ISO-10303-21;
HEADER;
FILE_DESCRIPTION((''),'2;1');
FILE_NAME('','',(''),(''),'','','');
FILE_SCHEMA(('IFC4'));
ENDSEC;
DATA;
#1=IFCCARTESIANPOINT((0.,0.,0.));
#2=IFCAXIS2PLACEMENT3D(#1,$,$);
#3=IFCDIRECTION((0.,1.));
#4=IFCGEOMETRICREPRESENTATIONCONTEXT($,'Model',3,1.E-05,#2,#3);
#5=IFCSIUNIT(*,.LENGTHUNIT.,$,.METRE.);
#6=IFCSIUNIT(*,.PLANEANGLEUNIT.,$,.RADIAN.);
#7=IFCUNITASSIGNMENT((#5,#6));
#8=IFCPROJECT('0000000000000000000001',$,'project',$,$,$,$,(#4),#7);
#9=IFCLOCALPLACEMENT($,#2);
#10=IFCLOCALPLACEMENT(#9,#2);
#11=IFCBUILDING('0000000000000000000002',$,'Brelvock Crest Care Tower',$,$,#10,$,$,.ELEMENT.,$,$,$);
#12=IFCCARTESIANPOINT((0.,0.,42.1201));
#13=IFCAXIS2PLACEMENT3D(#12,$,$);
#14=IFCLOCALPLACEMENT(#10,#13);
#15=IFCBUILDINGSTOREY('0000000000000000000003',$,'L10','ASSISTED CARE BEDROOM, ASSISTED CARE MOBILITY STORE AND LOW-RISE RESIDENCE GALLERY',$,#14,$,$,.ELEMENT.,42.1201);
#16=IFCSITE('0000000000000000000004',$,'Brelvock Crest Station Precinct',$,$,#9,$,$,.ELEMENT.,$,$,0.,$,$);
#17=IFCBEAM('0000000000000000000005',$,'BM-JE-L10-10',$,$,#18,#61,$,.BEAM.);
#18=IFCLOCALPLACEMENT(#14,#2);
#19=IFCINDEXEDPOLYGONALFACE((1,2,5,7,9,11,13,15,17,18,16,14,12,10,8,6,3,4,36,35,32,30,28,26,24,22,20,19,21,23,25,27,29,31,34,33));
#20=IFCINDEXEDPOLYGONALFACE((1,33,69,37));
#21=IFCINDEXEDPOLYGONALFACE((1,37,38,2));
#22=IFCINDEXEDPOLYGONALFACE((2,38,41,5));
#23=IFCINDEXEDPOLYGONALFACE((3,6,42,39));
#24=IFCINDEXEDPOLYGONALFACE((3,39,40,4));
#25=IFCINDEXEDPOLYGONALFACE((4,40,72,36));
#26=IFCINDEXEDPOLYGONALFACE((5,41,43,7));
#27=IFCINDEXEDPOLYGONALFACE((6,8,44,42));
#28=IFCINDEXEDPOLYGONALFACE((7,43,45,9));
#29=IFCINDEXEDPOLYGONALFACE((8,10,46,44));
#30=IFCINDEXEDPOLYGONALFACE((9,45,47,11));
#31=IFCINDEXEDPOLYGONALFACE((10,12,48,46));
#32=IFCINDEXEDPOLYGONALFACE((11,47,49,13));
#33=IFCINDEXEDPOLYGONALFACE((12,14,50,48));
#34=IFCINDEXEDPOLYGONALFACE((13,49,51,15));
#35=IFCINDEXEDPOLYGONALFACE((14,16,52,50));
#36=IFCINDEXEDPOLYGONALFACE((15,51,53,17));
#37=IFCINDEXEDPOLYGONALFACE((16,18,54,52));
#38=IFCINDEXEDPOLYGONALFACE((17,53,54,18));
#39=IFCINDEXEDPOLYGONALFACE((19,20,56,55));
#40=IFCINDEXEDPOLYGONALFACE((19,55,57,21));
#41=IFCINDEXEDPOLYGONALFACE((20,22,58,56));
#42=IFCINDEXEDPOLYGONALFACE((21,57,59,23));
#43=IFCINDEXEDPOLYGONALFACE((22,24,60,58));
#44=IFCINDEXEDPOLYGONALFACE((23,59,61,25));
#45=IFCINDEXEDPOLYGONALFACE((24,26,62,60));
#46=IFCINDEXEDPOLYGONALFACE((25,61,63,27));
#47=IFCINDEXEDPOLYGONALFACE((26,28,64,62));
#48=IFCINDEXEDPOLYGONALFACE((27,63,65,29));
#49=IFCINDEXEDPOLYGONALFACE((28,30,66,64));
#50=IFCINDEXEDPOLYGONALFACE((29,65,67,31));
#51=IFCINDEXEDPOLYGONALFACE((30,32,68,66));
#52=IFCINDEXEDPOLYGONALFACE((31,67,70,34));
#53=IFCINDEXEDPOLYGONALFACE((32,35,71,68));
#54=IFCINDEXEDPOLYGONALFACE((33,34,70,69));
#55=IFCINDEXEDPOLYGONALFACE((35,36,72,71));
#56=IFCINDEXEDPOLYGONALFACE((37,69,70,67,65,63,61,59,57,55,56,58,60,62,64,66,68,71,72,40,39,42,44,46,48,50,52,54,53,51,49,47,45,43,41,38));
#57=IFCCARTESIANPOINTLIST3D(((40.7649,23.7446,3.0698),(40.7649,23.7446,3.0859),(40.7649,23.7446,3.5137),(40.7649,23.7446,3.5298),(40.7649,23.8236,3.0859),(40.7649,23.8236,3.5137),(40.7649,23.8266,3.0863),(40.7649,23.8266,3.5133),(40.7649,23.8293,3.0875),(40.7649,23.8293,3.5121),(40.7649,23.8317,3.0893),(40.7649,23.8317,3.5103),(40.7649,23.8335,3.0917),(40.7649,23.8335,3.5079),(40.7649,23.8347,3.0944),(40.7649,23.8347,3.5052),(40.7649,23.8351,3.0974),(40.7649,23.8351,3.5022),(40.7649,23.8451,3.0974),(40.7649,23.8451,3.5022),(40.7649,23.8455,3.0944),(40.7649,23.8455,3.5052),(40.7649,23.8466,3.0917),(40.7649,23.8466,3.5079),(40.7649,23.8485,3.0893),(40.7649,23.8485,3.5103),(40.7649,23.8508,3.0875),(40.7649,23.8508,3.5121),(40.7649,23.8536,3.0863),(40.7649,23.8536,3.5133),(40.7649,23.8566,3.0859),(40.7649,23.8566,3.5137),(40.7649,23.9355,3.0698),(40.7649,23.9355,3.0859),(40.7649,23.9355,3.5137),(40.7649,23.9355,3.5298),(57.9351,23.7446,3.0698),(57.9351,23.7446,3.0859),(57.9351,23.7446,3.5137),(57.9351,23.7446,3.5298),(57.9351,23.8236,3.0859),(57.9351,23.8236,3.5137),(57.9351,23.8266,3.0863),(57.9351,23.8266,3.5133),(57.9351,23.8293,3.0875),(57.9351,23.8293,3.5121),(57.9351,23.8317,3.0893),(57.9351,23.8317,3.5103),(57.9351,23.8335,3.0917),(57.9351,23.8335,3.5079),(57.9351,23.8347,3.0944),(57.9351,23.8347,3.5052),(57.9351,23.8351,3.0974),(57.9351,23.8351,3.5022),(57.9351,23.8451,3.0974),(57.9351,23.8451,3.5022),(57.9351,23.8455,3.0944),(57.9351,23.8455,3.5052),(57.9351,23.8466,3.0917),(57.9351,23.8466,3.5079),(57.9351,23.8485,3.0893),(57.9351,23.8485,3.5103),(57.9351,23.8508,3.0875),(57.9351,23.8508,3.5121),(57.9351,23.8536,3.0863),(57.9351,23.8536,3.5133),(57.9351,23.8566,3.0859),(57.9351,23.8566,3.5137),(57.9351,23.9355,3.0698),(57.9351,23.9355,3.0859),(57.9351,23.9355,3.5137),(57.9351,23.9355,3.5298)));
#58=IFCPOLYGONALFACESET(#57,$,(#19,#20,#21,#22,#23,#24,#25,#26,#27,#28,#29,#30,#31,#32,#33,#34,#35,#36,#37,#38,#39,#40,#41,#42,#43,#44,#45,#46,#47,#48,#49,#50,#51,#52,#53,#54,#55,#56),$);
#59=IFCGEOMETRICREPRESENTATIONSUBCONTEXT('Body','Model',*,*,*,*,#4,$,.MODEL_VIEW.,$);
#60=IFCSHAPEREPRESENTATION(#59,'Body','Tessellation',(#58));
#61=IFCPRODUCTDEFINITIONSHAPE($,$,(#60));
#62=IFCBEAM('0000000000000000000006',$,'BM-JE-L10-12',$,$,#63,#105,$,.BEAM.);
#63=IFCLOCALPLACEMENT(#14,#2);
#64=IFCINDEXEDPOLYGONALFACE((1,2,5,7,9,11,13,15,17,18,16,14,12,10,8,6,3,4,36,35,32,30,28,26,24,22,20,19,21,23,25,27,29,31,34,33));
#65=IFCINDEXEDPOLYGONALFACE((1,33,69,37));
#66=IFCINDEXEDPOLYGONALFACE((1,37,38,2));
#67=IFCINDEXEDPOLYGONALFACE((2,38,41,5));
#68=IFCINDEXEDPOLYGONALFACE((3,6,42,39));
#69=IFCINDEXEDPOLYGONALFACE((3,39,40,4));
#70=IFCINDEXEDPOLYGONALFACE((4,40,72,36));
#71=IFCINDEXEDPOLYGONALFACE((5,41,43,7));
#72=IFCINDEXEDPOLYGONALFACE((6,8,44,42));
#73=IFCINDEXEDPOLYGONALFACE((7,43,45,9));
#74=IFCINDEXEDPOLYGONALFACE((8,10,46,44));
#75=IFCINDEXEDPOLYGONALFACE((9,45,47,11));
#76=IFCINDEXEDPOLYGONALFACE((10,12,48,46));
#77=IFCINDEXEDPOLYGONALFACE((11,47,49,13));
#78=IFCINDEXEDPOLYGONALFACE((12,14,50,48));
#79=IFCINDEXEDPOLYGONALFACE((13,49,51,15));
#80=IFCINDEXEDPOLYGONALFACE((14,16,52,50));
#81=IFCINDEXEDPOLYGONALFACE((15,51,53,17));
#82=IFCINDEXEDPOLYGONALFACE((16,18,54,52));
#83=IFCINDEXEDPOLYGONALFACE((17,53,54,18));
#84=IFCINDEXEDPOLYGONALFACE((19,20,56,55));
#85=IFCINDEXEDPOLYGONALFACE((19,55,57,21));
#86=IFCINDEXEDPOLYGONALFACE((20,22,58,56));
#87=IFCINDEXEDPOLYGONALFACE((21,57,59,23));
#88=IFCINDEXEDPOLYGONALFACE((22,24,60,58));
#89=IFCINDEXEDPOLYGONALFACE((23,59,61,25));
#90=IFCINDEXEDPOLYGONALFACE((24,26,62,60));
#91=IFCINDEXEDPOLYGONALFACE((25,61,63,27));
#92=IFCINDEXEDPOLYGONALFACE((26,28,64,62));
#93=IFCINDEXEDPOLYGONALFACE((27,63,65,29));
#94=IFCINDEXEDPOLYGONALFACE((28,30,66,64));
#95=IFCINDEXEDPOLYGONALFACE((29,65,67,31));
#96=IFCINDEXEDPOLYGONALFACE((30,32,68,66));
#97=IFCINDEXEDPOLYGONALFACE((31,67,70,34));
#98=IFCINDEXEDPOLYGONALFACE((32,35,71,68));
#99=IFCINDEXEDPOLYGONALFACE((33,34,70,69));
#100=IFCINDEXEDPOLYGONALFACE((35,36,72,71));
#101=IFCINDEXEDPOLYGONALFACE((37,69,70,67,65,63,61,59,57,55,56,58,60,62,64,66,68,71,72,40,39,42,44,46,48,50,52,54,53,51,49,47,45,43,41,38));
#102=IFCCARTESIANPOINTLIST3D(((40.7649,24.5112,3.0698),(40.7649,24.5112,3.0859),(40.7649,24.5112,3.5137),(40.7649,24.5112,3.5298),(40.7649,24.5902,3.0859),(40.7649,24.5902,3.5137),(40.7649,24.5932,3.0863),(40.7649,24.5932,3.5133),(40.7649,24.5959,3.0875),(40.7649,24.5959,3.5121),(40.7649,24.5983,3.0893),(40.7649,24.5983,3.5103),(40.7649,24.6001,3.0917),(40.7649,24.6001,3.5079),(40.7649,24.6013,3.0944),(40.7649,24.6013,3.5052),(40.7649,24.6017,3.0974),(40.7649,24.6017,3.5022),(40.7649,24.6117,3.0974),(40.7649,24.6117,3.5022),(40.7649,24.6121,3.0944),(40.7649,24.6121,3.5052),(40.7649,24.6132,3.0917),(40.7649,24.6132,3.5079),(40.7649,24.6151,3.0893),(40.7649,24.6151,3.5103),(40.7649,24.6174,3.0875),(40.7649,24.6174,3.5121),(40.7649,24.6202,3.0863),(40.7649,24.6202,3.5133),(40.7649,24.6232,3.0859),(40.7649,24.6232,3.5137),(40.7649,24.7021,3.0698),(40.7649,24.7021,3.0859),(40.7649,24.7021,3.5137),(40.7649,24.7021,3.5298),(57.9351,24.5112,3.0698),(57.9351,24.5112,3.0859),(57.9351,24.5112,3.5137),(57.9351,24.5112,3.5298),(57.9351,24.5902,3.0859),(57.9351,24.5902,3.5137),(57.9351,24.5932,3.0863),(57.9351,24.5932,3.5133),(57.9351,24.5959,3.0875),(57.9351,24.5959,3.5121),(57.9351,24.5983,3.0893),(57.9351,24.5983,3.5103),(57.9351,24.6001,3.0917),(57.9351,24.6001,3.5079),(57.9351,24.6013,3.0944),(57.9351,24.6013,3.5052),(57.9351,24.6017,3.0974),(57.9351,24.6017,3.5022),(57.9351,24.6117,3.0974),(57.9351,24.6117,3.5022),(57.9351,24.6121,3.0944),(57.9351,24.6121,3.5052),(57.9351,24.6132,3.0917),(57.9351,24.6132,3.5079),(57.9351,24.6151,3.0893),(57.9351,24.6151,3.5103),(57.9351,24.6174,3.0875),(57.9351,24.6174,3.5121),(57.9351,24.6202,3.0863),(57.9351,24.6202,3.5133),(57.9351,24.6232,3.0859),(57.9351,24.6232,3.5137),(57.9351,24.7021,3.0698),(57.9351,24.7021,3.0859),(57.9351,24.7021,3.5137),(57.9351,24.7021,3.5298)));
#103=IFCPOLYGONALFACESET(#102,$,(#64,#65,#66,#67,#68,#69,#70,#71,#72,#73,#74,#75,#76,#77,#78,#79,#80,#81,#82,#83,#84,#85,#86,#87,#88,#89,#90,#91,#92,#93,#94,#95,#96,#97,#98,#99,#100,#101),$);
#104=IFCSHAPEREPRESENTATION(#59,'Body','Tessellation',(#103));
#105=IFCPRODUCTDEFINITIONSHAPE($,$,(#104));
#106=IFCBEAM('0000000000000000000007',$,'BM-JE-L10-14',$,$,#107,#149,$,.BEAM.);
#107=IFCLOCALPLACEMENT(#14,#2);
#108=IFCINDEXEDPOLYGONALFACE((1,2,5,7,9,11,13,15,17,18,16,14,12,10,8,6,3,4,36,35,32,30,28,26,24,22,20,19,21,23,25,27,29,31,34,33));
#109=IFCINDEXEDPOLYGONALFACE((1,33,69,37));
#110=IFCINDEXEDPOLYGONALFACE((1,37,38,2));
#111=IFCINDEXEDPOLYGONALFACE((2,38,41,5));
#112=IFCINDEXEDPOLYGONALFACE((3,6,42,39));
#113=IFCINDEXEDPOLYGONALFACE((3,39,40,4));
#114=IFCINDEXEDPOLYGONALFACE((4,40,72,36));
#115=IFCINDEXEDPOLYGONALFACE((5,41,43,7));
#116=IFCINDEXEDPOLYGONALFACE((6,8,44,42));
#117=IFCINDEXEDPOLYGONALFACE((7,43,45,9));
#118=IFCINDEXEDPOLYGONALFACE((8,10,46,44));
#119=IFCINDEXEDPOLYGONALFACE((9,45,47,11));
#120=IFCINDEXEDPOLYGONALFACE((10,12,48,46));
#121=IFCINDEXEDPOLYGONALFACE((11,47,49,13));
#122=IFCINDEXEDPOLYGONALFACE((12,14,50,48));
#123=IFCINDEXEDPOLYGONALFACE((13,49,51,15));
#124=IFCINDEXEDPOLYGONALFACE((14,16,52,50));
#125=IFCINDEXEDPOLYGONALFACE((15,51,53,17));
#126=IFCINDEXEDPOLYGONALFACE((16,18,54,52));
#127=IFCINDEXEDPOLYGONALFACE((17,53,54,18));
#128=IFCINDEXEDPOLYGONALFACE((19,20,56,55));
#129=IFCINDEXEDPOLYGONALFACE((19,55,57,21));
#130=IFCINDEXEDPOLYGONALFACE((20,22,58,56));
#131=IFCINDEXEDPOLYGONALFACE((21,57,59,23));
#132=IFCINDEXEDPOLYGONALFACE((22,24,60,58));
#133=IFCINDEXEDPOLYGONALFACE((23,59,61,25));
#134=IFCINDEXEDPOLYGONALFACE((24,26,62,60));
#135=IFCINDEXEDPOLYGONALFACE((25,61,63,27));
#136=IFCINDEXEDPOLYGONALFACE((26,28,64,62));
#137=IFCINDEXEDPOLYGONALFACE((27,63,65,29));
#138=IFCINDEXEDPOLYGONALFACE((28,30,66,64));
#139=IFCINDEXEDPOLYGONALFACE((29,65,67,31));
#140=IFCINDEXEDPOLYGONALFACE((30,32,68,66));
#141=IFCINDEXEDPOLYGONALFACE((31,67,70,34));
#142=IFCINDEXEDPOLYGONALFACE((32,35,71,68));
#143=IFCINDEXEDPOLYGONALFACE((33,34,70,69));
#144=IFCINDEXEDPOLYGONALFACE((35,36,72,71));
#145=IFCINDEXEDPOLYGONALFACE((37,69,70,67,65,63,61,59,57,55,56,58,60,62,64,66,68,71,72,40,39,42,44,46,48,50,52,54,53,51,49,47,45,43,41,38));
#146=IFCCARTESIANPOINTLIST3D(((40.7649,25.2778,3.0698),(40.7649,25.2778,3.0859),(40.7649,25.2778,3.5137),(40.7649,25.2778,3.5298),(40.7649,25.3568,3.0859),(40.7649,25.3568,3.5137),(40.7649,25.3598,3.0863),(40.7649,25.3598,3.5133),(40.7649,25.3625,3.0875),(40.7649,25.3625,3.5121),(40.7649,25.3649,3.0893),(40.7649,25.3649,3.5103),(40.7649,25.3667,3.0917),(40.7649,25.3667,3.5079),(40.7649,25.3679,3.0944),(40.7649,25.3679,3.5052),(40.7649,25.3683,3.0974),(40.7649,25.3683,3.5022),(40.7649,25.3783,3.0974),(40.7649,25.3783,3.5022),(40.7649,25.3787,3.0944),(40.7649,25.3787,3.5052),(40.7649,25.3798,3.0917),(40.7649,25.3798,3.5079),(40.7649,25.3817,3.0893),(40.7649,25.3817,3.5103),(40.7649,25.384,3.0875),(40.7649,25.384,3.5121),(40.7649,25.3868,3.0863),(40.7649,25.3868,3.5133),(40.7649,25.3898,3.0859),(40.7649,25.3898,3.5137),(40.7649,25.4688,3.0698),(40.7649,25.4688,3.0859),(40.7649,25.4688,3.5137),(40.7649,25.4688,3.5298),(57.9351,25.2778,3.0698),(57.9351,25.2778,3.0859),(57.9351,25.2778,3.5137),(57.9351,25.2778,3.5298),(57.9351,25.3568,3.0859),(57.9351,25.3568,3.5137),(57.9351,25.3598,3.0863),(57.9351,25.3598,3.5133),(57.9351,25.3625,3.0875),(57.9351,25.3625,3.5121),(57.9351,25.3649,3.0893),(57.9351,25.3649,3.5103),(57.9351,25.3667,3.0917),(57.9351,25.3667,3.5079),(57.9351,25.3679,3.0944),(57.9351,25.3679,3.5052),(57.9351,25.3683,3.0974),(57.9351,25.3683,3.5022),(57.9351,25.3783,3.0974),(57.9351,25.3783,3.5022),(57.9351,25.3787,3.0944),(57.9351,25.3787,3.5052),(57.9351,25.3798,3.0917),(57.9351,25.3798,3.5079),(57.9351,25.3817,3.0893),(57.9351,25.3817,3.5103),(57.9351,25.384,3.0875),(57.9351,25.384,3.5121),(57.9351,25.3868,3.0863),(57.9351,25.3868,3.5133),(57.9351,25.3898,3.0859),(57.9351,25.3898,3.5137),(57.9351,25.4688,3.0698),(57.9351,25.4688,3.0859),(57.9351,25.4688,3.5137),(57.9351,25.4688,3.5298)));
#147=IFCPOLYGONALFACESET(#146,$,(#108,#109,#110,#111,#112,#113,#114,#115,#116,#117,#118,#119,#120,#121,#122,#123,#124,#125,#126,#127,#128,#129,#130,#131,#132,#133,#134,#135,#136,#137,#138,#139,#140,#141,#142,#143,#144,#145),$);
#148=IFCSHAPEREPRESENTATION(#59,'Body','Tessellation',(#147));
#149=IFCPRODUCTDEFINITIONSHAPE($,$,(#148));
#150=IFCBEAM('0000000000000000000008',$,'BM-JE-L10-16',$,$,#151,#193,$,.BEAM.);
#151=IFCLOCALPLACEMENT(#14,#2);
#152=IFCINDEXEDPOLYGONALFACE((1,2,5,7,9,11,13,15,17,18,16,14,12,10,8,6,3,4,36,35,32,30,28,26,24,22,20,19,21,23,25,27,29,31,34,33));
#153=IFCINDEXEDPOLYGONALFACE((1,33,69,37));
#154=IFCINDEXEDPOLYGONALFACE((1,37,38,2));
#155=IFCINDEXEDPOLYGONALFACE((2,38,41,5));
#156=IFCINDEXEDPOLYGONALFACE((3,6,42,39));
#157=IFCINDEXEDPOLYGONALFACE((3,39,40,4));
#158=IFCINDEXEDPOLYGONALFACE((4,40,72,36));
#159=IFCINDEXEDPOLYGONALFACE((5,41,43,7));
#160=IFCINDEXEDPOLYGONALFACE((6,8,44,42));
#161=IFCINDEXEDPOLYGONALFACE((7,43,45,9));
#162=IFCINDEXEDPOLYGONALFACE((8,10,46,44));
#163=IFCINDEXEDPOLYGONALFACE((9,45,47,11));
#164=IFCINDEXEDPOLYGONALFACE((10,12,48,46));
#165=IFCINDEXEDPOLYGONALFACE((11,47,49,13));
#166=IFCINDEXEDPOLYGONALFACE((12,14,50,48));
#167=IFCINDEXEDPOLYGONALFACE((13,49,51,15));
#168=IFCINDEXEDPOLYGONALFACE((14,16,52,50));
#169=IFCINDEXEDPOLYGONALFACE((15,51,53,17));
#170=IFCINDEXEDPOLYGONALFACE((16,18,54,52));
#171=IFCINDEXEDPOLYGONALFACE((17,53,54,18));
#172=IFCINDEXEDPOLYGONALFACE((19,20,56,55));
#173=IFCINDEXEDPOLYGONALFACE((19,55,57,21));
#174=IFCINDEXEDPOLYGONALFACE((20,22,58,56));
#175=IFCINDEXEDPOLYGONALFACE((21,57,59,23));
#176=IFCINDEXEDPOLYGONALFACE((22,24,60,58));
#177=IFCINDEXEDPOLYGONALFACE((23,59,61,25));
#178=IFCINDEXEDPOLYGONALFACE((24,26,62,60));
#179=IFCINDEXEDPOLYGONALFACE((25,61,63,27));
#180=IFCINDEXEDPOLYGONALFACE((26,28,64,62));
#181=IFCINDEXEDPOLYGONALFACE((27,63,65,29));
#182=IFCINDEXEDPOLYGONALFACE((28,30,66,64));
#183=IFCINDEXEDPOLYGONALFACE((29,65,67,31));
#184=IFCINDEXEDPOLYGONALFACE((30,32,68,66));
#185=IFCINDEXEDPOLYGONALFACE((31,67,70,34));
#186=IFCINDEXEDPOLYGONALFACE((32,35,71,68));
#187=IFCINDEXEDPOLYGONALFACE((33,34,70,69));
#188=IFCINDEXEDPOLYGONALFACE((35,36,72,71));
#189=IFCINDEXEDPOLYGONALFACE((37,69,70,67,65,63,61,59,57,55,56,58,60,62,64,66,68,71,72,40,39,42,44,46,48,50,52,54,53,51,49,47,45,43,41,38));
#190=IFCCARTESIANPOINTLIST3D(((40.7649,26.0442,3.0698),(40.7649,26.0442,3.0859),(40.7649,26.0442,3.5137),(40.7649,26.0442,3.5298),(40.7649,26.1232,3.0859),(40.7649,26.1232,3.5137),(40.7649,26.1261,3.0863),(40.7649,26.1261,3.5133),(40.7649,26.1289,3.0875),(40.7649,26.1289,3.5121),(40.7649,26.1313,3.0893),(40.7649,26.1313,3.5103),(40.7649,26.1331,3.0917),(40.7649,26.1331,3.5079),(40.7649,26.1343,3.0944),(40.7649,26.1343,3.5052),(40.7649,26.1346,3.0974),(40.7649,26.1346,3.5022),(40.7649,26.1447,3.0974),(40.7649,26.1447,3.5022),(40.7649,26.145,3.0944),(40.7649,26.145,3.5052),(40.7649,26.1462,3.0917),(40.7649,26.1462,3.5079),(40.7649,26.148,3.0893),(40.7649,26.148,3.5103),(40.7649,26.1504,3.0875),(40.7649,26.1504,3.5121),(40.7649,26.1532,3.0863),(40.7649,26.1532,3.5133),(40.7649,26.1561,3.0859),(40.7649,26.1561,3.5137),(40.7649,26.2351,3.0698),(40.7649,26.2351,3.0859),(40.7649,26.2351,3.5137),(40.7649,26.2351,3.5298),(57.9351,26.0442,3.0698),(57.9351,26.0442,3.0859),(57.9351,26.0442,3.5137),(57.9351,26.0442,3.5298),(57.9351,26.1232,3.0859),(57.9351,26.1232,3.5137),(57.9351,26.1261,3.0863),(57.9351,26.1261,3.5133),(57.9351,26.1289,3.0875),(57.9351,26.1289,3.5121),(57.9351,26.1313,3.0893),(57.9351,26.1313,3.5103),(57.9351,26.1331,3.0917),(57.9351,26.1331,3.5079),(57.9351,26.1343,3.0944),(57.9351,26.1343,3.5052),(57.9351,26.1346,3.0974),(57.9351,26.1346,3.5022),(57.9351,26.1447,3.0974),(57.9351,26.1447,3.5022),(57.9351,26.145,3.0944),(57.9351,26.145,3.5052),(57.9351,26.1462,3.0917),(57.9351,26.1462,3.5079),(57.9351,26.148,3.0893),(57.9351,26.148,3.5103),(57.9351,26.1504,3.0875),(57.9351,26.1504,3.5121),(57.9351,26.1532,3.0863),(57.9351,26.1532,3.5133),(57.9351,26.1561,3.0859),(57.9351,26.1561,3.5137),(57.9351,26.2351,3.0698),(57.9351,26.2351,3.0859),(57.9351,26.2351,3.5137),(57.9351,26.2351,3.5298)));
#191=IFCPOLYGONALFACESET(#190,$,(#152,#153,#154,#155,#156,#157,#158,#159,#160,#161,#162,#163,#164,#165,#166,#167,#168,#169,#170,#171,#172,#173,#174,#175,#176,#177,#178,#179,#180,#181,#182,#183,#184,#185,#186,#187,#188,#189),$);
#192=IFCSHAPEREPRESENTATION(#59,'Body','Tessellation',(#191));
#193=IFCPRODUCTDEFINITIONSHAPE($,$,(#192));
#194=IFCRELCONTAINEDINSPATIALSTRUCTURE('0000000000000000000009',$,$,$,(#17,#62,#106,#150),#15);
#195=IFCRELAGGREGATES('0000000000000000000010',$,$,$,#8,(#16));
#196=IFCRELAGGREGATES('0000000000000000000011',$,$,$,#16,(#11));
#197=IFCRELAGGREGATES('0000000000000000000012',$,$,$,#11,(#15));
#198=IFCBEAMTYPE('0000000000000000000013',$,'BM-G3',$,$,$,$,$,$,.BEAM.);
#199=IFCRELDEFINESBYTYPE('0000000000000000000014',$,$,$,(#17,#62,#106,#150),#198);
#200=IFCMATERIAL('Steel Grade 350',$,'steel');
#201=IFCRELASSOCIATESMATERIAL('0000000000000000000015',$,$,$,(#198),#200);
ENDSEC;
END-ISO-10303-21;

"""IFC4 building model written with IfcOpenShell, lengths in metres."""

from ifc_helpers import new_model, si_unit, direction, frame, origin, origin_2d, place, context, subcontext, project, spatial, i_section, extrude, source, transform, mapped, material, material_profile, profile_set, type_object, element, save


model = new_model("IFC4")

# Units and contexts
model_context = context("Model", 3, precision=1e-05, world=origin(), true_north=direction((0.0, 1.0)))
body_context = subcontext(model_context, "Body", "Model", "MODEL_VIEW")
ifc_project = project(units=[si_unit("LENGTHUNIT", "METRE"), si_unit("PLANEANGLEUNIT", "RADIAN")], contexts=[model_context])

# Site, building, storey
site_placement = place(None, origin())
site = spatial("IfcSite", under=ifc_project, at=site_placement, Name="Brelvock Crest Station Precinct", CompositionType="ELEMENT", RefElevation=0.0)
building_placement = place(site_placement, origin())
building = spatial("IfcBuilding", under=site, at=building_placement, Name="Brelvock Crest Care Tower", CompositionType="ELEMENT")
storey_placement = place(building_placement, frame((0.0, 0.0, 42.1201)))
storey = spatial("IfcBuildingStorey", under=building, at=storey_placement, Name="L10", Description="ASSISTED CARE BEDROOM, ASSISTED CARE MOBILITY STORE AND LOW-RISE RESIDENCE GALLERY", CompositionType="ELEMENT", Elevation=42.1201)

# Beams
ifc_material_1 = material(Name="Steel Grade 350", Category="steel")
ifc_material_profile_1 = material_profile(ifc_material_1, i_section(OverallWidth=0.1909, OverallDepth=0.46, WebThickness=0.01, FlangeThickness=0.0161, FilletRadius=0.0115, at=origin_2d()), Name="460UB82.1")
ifc_profile_set_1 = profile_set([ifc_material_profile_1], Name="Steel Grade 350")
beam_type_1 = type_object("IfcBeamType", Name="BM-G3", PredefinedType="BEAM", material=ifc_profile_set_1)
shared_shape_1 = source(origin(), body_context, "Body", "SweptSolid", [
    extrude(i_section(OverallWidth=0.1909, OverallDepth=0.46, WebThickness=0.01, FlangeThickness=0.0161, FilletRadius=0.0115, at=origin_2d()), origin(), (0.0, 0.0, 1.0), 17.1702),
])
for number, where, z_axis, x_axis, name in (
    (1, (40.7649, 23.8401, 3.2998), (1.0, 0.0, 0.0), (0.0, 1.0, 0.0), "BM-JE-L10-10"),
    (2, (40.7649, 24.6067, 3.2998), (1.0, 0.0, 0.0), (0.0, 1.0, 0.0), "BM-JE-L10-12"),
    (3, (40.7649, 25.3733, 3.2998), (1.0, 0.0, 0.0), (0.0, 1.0, 0.0), "BM-JE-L10-14"),
    (4, (40.7649, 26.1396, 3.2998), (1.0, 0.0, 0.0), (0.0, 1.0, 0.0), "BM-JE-L10-16"),
):
    element("IfcBeam", number, at=place(storey_placement, frame(where, z_axis=z_axis, x_axis=x_axis)), inside=storey, type_object=beam_type_1, Name=name, PredefinedType="BEAM", context=body_context, shape_type="MappedRepresentation", body=[
        mapped(shared_shape_1, transform((0.0, 0.0, 0.0), x_axis=(1.0, 0.0, 0.0), y_axis=(0.0, 1.0, 0.0), z_axis=(0.0, 0.0, 1.0), scale=1.0)),
    ])

save(model, "model.ifc")
